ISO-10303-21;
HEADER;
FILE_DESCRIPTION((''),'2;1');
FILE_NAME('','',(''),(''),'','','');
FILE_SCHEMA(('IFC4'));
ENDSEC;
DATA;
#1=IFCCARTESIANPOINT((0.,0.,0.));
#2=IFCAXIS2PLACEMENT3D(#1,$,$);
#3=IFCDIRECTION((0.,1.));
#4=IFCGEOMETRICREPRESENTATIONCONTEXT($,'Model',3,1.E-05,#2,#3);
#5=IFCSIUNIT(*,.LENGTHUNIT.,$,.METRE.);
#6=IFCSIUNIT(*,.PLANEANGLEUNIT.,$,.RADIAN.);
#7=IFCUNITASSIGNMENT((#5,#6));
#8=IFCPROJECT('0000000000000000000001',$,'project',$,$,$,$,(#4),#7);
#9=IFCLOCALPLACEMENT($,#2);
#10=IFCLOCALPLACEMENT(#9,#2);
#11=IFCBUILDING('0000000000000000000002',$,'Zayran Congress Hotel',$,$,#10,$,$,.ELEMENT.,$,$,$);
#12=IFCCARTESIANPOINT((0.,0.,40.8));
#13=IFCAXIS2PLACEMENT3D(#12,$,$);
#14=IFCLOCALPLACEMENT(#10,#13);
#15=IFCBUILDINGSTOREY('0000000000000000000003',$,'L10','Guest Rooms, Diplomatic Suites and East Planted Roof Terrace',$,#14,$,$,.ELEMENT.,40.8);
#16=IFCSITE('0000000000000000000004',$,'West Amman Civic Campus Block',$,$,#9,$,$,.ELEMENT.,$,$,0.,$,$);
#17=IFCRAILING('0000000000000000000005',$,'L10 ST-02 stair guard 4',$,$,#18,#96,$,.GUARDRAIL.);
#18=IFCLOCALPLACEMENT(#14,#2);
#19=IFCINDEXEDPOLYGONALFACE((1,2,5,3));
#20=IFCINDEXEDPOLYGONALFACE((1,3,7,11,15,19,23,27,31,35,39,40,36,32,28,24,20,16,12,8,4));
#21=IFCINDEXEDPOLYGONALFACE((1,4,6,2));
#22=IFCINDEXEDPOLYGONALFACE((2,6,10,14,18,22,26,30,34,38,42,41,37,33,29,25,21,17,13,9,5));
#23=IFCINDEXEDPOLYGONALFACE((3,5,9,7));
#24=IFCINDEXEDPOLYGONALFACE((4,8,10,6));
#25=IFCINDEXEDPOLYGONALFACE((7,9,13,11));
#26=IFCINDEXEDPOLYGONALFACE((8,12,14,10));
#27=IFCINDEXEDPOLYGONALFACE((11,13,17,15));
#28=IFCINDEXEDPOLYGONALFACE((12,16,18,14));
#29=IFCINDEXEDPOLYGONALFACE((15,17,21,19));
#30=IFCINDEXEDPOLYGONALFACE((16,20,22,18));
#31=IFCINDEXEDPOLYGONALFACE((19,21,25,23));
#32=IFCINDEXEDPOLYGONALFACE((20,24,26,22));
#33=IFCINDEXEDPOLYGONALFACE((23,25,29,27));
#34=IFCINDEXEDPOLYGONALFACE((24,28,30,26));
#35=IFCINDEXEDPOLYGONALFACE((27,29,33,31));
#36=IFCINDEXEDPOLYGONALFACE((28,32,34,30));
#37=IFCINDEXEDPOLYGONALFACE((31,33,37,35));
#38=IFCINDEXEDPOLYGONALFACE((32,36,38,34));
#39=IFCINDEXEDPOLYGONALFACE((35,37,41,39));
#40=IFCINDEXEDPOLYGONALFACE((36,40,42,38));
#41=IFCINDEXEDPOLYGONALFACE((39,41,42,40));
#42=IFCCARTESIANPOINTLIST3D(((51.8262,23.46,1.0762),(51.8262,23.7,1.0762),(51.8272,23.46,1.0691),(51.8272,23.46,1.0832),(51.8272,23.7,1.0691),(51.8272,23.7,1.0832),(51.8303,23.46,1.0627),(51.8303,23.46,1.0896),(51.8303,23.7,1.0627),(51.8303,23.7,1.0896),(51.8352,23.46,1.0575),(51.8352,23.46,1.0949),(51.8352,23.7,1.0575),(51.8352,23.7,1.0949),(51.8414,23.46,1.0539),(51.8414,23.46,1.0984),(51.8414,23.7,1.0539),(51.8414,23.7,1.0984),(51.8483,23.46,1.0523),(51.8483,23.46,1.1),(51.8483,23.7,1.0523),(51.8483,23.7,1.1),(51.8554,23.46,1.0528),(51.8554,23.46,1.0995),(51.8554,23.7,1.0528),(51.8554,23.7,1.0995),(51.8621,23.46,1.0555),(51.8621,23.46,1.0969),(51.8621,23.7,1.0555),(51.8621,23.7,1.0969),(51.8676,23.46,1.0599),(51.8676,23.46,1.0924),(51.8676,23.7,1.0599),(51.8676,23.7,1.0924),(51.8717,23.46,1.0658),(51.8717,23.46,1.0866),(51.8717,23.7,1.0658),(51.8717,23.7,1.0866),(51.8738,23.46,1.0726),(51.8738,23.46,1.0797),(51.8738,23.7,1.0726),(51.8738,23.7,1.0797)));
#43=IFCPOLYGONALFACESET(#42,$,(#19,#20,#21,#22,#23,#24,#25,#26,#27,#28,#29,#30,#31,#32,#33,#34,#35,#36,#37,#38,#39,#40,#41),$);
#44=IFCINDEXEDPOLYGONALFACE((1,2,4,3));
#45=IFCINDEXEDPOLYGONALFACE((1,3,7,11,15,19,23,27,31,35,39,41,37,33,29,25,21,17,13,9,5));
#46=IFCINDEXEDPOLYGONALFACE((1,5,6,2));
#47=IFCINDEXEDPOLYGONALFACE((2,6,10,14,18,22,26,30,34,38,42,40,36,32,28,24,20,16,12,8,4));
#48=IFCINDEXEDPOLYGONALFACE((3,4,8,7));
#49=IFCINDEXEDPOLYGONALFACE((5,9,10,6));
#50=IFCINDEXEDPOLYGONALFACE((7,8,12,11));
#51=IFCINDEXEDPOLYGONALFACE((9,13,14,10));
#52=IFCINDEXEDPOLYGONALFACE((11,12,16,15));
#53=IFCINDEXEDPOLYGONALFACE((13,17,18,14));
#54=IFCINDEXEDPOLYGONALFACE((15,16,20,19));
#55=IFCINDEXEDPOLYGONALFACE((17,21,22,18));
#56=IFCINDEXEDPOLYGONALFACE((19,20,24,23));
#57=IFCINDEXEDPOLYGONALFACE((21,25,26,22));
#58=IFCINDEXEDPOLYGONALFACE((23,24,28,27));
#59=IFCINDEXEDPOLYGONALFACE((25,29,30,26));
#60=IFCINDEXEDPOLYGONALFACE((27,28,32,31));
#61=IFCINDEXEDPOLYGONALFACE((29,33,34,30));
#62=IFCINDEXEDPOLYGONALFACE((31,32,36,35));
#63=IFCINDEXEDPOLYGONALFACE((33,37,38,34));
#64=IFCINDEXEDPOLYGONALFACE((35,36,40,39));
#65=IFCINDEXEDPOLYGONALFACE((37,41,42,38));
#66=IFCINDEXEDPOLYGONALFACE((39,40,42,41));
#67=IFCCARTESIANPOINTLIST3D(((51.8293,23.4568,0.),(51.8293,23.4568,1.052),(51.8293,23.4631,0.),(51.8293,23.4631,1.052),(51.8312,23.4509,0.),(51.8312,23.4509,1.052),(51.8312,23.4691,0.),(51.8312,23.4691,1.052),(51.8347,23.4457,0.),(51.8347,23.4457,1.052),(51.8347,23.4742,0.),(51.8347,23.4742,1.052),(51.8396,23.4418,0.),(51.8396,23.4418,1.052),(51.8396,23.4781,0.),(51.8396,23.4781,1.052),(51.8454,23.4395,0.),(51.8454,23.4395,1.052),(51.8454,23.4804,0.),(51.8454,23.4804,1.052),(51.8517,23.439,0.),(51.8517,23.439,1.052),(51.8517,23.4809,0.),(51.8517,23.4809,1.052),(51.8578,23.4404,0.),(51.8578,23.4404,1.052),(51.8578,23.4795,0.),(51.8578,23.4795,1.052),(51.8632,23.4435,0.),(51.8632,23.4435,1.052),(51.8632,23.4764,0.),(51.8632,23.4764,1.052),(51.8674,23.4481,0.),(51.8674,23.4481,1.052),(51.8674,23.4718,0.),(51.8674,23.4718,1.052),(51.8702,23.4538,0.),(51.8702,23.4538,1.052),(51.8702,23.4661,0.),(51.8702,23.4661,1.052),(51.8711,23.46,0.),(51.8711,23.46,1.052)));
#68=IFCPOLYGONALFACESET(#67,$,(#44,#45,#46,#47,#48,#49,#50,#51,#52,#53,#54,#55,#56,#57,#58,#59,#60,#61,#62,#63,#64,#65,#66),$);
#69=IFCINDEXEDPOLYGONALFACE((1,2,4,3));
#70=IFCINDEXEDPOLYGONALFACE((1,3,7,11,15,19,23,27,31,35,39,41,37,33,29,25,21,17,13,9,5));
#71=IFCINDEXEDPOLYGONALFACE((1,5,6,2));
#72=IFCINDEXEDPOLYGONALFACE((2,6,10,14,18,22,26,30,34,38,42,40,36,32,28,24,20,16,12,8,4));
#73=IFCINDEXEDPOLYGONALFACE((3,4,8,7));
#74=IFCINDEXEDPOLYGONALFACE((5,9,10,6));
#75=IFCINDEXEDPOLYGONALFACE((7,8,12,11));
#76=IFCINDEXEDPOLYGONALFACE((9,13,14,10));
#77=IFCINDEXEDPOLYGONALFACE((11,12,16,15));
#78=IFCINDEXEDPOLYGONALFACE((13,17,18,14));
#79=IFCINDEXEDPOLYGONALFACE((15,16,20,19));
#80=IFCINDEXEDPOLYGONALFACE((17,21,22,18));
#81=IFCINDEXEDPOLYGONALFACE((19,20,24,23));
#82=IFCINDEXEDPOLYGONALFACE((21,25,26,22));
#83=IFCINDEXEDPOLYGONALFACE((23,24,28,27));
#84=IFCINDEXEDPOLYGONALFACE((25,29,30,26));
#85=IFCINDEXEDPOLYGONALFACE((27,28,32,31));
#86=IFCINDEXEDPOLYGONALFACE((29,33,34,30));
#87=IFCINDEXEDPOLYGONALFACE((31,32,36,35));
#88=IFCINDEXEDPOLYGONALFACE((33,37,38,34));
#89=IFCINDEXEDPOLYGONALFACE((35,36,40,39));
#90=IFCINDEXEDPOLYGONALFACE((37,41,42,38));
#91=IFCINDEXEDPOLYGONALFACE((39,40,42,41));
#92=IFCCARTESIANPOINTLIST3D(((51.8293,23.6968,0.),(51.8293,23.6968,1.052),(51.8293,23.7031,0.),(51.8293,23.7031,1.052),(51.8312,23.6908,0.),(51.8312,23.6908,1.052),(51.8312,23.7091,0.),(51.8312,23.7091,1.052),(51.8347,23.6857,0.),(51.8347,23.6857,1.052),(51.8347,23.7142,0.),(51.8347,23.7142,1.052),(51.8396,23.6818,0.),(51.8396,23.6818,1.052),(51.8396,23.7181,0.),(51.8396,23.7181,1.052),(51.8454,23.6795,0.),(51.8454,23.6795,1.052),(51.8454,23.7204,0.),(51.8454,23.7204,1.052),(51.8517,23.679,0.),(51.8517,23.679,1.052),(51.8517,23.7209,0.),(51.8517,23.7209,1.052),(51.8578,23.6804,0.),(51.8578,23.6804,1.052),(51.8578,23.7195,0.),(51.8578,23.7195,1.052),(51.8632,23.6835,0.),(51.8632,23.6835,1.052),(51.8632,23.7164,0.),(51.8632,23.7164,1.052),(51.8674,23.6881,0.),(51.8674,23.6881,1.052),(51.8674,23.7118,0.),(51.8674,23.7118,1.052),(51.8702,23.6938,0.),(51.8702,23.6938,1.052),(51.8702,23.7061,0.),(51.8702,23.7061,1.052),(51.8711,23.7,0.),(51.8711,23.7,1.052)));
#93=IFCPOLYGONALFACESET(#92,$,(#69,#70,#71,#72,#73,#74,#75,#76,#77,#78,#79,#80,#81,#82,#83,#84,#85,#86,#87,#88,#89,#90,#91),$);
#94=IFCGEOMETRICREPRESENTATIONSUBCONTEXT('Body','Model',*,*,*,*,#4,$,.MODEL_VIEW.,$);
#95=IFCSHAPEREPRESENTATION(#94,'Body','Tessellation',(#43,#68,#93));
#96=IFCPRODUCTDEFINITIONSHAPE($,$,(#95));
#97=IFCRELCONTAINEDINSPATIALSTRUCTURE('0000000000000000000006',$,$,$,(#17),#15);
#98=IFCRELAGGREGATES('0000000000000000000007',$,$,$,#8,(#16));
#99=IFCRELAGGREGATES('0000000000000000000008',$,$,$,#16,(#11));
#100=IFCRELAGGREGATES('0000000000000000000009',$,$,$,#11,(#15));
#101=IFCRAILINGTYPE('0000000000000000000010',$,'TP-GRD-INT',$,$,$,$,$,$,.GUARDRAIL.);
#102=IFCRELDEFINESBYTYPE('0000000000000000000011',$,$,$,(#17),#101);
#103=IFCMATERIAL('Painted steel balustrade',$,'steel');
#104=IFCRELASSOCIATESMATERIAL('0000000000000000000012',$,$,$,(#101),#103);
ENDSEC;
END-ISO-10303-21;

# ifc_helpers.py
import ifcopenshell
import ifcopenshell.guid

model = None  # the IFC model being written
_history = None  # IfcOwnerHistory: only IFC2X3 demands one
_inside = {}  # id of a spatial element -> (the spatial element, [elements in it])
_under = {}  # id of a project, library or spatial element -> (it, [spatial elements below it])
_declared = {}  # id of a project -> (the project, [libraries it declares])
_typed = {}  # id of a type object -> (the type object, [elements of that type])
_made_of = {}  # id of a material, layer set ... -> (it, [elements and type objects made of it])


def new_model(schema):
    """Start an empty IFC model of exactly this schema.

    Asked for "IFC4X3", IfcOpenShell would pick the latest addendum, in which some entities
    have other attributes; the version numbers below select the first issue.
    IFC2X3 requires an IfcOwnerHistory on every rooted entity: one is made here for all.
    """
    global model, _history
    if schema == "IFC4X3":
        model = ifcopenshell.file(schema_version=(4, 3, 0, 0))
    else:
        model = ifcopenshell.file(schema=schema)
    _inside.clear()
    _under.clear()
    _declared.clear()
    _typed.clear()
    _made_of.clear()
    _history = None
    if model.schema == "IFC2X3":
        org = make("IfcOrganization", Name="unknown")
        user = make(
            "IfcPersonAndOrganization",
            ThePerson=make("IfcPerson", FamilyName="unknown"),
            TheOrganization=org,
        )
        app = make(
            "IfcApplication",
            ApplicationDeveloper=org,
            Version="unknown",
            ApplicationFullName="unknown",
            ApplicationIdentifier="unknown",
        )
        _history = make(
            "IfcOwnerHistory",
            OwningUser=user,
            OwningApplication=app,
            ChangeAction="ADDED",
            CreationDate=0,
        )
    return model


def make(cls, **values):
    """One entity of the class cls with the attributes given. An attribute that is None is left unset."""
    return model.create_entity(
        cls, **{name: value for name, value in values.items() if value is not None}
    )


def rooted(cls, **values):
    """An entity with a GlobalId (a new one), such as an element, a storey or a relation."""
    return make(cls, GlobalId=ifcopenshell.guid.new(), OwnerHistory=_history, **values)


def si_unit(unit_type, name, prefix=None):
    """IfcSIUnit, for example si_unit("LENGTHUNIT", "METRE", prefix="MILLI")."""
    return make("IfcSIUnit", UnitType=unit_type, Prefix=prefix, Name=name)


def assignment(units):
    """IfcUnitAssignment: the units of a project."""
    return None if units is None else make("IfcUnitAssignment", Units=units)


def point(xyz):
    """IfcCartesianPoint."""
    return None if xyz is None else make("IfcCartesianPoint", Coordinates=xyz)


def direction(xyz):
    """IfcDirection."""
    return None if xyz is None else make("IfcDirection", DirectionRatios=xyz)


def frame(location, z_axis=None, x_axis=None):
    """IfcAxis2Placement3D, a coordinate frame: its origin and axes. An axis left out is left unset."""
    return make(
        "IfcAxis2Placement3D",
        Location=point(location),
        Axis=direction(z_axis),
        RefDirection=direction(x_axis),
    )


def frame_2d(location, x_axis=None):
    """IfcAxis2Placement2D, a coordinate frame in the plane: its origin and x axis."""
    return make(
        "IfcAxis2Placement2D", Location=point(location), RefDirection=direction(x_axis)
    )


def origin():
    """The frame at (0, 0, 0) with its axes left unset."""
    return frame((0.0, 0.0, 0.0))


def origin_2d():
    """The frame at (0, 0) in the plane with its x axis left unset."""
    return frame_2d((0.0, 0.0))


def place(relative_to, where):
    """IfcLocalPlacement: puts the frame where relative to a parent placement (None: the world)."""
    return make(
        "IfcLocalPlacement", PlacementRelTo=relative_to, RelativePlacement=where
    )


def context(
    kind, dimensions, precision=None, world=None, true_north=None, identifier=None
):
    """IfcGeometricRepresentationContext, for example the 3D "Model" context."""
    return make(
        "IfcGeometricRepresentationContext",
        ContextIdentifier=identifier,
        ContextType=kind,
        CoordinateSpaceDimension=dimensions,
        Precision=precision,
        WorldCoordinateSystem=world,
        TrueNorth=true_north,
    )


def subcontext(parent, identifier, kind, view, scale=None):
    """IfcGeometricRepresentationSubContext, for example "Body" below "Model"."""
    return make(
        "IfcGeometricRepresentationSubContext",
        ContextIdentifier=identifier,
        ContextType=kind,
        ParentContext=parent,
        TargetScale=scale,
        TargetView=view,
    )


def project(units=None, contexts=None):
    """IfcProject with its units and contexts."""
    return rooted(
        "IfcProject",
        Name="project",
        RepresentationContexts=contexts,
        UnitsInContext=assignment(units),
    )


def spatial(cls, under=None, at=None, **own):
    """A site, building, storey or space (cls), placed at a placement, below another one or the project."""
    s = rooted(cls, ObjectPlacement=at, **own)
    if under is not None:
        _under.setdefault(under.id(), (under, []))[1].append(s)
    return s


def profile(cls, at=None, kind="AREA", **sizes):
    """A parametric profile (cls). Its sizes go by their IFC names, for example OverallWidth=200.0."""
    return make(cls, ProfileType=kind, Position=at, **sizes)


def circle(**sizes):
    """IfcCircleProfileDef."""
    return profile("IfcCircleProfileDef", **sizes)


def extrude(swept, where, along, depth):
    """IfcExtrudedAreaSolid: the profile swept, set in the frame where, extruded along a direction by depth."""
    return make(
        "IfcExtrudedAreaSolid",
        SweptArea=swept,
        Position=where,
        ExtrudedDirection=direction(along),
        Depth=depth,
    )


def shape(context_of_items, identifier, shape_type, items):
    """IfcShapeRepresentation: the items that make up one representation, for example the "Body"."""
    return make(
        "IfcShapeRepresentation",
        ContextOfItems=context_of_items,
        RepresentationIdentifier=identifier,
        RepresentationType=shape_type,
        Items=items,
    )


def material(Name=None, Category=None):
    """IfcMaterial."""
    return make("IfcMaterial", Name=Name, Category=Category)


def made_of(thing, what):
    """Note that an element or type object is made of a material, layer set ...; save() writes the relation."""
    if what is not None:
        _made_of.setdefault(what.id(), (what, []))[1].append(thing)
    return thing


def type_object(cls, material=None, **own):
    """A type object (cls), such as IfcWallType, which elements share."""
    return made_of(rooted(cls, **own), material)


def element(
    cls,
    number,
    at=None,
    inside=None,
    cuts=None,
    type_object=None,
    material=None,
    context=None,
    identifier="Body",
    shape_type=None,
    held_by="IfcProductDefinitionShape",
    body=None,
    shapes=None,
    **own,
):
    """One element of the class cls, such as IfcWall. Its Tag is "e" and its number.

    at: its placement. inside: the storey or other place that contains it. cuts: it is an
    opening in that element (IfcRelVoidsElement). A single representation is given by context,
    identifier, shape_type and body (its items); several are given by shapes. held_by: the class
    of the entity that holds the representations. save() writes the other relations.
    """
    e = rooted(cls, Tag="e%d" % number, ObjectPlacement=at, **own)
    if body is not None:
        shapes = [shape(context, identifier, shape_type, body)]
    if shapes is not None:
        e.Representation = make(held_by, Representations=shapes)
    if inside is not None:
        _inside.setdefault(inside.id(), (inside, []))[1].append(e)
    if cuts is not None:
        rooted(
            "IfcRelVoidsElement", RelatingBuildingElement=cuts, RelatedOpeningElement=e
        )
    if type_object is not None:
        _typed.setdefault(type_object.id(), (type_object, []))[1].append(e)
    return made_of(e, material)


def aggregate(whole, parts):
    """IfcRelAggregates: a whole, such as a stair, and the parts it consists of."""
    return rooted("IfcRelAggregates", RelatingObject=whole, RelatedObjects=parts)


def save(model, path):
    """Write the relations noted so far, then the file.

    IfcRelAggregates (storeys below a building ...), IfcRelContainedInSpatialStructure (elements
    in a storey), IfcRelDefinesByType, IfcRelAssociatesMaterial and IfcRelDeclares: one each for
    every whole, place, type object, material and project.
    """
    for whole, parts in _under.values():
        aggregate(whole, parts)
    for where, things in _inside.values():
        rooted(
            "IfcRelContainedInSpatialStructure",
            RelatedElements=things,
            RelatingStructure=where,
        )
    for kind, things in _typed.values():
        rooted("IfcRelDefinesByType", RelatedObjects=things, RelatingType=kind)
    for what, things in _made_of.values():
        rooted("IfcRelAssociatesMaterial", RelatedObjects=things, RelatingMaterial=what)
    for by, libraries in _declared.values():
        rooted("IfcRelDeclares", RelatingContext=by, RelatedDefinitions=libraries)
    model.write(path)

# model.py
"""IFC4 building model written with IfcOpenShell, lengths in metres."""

from ifc_helpers import new_model, si_unit, direction, frame, origin, origin_2d, place, context, subcontext, project, spatial, circle, extrude, material, type_object, element, save


model = new_model("IFC4")

# Units and contexts
model_context = context("Model", 3, precision=1e-05, world=origin(), true_north=direction((0.0, 1.0)))
body_context = subcontext(model_context, "Body", "Model", "MODEL_VIEW")
ifc_project = project(units=[si_unit("LENGTHUNIT", "METRE"), si_unit("PLANEANGLEUNIT", "RADIAN")], contexts=[model_context])

# Site, building, storey
site_placement = place(None, origin())
site = spatial("IfcSite", under=ifc_project, at=site_placement, Name="West Amman Civic Campus Block", CompositionType="ELEMENT", RefElevation=0.0)
building_placement = place(site_placement, origin())
building = spatial("IfcBuilding", under=site, at=building_placement, Name="Zayran Congress Hotel", CompositionType="ELEMENT")
storey_placement = place(building_placement, frame((0.0, 0.0, 40.8)))
storey = spatial("IfcBuildingStorey", under=building, at=storey_placement, Name="L10", Description="Guest Rooms, Diplomatic Suites and East Planted Roof Terrace", CompositionType="ELEMENT", Elevation=40.8)

# Railing
ifc_material_1 = material(Name="Painted steel balustrade", Category="steel")
railing_type_1 = type_object("IfcRailingType", Name="TP-GRD-INT", PredefinedType="GUARDRAIL", material=ifc_material_1)
railing_1_placement = place(storey_placement, frame((51.8501, 23.46, 0.0)))
element("IfcRailing", 1, at=railing_1_placement, inside=storey, type_object=railing_type_1, Name="L10 ST-02 stair guard 4", PredefinedType="GUARDRAIL", context=body_context, shape_type="SweptSolid", body=[
    extrude(circle(Radius=0.0239, at=origin_2d()), frame((0.0, 0.0, 1.0762), z_axis=(0.0, 1.0, 0.0), x_axis=(-1.0, 0.0, 0.0)), (0.0, 0.0, 1.0), 0.24),
    extrude(circle(Radius=0.021, at=origin_2d()), origin(), (0.0, 0.0, 1.0), 1.052),
    extrude(circle(Radius=0.021, at=origin_2d()), frame((0.0, 0.24, 0.0)), (0.0, 0.0, 1.0), 1.052),
])

save(model, "model.ifc")
